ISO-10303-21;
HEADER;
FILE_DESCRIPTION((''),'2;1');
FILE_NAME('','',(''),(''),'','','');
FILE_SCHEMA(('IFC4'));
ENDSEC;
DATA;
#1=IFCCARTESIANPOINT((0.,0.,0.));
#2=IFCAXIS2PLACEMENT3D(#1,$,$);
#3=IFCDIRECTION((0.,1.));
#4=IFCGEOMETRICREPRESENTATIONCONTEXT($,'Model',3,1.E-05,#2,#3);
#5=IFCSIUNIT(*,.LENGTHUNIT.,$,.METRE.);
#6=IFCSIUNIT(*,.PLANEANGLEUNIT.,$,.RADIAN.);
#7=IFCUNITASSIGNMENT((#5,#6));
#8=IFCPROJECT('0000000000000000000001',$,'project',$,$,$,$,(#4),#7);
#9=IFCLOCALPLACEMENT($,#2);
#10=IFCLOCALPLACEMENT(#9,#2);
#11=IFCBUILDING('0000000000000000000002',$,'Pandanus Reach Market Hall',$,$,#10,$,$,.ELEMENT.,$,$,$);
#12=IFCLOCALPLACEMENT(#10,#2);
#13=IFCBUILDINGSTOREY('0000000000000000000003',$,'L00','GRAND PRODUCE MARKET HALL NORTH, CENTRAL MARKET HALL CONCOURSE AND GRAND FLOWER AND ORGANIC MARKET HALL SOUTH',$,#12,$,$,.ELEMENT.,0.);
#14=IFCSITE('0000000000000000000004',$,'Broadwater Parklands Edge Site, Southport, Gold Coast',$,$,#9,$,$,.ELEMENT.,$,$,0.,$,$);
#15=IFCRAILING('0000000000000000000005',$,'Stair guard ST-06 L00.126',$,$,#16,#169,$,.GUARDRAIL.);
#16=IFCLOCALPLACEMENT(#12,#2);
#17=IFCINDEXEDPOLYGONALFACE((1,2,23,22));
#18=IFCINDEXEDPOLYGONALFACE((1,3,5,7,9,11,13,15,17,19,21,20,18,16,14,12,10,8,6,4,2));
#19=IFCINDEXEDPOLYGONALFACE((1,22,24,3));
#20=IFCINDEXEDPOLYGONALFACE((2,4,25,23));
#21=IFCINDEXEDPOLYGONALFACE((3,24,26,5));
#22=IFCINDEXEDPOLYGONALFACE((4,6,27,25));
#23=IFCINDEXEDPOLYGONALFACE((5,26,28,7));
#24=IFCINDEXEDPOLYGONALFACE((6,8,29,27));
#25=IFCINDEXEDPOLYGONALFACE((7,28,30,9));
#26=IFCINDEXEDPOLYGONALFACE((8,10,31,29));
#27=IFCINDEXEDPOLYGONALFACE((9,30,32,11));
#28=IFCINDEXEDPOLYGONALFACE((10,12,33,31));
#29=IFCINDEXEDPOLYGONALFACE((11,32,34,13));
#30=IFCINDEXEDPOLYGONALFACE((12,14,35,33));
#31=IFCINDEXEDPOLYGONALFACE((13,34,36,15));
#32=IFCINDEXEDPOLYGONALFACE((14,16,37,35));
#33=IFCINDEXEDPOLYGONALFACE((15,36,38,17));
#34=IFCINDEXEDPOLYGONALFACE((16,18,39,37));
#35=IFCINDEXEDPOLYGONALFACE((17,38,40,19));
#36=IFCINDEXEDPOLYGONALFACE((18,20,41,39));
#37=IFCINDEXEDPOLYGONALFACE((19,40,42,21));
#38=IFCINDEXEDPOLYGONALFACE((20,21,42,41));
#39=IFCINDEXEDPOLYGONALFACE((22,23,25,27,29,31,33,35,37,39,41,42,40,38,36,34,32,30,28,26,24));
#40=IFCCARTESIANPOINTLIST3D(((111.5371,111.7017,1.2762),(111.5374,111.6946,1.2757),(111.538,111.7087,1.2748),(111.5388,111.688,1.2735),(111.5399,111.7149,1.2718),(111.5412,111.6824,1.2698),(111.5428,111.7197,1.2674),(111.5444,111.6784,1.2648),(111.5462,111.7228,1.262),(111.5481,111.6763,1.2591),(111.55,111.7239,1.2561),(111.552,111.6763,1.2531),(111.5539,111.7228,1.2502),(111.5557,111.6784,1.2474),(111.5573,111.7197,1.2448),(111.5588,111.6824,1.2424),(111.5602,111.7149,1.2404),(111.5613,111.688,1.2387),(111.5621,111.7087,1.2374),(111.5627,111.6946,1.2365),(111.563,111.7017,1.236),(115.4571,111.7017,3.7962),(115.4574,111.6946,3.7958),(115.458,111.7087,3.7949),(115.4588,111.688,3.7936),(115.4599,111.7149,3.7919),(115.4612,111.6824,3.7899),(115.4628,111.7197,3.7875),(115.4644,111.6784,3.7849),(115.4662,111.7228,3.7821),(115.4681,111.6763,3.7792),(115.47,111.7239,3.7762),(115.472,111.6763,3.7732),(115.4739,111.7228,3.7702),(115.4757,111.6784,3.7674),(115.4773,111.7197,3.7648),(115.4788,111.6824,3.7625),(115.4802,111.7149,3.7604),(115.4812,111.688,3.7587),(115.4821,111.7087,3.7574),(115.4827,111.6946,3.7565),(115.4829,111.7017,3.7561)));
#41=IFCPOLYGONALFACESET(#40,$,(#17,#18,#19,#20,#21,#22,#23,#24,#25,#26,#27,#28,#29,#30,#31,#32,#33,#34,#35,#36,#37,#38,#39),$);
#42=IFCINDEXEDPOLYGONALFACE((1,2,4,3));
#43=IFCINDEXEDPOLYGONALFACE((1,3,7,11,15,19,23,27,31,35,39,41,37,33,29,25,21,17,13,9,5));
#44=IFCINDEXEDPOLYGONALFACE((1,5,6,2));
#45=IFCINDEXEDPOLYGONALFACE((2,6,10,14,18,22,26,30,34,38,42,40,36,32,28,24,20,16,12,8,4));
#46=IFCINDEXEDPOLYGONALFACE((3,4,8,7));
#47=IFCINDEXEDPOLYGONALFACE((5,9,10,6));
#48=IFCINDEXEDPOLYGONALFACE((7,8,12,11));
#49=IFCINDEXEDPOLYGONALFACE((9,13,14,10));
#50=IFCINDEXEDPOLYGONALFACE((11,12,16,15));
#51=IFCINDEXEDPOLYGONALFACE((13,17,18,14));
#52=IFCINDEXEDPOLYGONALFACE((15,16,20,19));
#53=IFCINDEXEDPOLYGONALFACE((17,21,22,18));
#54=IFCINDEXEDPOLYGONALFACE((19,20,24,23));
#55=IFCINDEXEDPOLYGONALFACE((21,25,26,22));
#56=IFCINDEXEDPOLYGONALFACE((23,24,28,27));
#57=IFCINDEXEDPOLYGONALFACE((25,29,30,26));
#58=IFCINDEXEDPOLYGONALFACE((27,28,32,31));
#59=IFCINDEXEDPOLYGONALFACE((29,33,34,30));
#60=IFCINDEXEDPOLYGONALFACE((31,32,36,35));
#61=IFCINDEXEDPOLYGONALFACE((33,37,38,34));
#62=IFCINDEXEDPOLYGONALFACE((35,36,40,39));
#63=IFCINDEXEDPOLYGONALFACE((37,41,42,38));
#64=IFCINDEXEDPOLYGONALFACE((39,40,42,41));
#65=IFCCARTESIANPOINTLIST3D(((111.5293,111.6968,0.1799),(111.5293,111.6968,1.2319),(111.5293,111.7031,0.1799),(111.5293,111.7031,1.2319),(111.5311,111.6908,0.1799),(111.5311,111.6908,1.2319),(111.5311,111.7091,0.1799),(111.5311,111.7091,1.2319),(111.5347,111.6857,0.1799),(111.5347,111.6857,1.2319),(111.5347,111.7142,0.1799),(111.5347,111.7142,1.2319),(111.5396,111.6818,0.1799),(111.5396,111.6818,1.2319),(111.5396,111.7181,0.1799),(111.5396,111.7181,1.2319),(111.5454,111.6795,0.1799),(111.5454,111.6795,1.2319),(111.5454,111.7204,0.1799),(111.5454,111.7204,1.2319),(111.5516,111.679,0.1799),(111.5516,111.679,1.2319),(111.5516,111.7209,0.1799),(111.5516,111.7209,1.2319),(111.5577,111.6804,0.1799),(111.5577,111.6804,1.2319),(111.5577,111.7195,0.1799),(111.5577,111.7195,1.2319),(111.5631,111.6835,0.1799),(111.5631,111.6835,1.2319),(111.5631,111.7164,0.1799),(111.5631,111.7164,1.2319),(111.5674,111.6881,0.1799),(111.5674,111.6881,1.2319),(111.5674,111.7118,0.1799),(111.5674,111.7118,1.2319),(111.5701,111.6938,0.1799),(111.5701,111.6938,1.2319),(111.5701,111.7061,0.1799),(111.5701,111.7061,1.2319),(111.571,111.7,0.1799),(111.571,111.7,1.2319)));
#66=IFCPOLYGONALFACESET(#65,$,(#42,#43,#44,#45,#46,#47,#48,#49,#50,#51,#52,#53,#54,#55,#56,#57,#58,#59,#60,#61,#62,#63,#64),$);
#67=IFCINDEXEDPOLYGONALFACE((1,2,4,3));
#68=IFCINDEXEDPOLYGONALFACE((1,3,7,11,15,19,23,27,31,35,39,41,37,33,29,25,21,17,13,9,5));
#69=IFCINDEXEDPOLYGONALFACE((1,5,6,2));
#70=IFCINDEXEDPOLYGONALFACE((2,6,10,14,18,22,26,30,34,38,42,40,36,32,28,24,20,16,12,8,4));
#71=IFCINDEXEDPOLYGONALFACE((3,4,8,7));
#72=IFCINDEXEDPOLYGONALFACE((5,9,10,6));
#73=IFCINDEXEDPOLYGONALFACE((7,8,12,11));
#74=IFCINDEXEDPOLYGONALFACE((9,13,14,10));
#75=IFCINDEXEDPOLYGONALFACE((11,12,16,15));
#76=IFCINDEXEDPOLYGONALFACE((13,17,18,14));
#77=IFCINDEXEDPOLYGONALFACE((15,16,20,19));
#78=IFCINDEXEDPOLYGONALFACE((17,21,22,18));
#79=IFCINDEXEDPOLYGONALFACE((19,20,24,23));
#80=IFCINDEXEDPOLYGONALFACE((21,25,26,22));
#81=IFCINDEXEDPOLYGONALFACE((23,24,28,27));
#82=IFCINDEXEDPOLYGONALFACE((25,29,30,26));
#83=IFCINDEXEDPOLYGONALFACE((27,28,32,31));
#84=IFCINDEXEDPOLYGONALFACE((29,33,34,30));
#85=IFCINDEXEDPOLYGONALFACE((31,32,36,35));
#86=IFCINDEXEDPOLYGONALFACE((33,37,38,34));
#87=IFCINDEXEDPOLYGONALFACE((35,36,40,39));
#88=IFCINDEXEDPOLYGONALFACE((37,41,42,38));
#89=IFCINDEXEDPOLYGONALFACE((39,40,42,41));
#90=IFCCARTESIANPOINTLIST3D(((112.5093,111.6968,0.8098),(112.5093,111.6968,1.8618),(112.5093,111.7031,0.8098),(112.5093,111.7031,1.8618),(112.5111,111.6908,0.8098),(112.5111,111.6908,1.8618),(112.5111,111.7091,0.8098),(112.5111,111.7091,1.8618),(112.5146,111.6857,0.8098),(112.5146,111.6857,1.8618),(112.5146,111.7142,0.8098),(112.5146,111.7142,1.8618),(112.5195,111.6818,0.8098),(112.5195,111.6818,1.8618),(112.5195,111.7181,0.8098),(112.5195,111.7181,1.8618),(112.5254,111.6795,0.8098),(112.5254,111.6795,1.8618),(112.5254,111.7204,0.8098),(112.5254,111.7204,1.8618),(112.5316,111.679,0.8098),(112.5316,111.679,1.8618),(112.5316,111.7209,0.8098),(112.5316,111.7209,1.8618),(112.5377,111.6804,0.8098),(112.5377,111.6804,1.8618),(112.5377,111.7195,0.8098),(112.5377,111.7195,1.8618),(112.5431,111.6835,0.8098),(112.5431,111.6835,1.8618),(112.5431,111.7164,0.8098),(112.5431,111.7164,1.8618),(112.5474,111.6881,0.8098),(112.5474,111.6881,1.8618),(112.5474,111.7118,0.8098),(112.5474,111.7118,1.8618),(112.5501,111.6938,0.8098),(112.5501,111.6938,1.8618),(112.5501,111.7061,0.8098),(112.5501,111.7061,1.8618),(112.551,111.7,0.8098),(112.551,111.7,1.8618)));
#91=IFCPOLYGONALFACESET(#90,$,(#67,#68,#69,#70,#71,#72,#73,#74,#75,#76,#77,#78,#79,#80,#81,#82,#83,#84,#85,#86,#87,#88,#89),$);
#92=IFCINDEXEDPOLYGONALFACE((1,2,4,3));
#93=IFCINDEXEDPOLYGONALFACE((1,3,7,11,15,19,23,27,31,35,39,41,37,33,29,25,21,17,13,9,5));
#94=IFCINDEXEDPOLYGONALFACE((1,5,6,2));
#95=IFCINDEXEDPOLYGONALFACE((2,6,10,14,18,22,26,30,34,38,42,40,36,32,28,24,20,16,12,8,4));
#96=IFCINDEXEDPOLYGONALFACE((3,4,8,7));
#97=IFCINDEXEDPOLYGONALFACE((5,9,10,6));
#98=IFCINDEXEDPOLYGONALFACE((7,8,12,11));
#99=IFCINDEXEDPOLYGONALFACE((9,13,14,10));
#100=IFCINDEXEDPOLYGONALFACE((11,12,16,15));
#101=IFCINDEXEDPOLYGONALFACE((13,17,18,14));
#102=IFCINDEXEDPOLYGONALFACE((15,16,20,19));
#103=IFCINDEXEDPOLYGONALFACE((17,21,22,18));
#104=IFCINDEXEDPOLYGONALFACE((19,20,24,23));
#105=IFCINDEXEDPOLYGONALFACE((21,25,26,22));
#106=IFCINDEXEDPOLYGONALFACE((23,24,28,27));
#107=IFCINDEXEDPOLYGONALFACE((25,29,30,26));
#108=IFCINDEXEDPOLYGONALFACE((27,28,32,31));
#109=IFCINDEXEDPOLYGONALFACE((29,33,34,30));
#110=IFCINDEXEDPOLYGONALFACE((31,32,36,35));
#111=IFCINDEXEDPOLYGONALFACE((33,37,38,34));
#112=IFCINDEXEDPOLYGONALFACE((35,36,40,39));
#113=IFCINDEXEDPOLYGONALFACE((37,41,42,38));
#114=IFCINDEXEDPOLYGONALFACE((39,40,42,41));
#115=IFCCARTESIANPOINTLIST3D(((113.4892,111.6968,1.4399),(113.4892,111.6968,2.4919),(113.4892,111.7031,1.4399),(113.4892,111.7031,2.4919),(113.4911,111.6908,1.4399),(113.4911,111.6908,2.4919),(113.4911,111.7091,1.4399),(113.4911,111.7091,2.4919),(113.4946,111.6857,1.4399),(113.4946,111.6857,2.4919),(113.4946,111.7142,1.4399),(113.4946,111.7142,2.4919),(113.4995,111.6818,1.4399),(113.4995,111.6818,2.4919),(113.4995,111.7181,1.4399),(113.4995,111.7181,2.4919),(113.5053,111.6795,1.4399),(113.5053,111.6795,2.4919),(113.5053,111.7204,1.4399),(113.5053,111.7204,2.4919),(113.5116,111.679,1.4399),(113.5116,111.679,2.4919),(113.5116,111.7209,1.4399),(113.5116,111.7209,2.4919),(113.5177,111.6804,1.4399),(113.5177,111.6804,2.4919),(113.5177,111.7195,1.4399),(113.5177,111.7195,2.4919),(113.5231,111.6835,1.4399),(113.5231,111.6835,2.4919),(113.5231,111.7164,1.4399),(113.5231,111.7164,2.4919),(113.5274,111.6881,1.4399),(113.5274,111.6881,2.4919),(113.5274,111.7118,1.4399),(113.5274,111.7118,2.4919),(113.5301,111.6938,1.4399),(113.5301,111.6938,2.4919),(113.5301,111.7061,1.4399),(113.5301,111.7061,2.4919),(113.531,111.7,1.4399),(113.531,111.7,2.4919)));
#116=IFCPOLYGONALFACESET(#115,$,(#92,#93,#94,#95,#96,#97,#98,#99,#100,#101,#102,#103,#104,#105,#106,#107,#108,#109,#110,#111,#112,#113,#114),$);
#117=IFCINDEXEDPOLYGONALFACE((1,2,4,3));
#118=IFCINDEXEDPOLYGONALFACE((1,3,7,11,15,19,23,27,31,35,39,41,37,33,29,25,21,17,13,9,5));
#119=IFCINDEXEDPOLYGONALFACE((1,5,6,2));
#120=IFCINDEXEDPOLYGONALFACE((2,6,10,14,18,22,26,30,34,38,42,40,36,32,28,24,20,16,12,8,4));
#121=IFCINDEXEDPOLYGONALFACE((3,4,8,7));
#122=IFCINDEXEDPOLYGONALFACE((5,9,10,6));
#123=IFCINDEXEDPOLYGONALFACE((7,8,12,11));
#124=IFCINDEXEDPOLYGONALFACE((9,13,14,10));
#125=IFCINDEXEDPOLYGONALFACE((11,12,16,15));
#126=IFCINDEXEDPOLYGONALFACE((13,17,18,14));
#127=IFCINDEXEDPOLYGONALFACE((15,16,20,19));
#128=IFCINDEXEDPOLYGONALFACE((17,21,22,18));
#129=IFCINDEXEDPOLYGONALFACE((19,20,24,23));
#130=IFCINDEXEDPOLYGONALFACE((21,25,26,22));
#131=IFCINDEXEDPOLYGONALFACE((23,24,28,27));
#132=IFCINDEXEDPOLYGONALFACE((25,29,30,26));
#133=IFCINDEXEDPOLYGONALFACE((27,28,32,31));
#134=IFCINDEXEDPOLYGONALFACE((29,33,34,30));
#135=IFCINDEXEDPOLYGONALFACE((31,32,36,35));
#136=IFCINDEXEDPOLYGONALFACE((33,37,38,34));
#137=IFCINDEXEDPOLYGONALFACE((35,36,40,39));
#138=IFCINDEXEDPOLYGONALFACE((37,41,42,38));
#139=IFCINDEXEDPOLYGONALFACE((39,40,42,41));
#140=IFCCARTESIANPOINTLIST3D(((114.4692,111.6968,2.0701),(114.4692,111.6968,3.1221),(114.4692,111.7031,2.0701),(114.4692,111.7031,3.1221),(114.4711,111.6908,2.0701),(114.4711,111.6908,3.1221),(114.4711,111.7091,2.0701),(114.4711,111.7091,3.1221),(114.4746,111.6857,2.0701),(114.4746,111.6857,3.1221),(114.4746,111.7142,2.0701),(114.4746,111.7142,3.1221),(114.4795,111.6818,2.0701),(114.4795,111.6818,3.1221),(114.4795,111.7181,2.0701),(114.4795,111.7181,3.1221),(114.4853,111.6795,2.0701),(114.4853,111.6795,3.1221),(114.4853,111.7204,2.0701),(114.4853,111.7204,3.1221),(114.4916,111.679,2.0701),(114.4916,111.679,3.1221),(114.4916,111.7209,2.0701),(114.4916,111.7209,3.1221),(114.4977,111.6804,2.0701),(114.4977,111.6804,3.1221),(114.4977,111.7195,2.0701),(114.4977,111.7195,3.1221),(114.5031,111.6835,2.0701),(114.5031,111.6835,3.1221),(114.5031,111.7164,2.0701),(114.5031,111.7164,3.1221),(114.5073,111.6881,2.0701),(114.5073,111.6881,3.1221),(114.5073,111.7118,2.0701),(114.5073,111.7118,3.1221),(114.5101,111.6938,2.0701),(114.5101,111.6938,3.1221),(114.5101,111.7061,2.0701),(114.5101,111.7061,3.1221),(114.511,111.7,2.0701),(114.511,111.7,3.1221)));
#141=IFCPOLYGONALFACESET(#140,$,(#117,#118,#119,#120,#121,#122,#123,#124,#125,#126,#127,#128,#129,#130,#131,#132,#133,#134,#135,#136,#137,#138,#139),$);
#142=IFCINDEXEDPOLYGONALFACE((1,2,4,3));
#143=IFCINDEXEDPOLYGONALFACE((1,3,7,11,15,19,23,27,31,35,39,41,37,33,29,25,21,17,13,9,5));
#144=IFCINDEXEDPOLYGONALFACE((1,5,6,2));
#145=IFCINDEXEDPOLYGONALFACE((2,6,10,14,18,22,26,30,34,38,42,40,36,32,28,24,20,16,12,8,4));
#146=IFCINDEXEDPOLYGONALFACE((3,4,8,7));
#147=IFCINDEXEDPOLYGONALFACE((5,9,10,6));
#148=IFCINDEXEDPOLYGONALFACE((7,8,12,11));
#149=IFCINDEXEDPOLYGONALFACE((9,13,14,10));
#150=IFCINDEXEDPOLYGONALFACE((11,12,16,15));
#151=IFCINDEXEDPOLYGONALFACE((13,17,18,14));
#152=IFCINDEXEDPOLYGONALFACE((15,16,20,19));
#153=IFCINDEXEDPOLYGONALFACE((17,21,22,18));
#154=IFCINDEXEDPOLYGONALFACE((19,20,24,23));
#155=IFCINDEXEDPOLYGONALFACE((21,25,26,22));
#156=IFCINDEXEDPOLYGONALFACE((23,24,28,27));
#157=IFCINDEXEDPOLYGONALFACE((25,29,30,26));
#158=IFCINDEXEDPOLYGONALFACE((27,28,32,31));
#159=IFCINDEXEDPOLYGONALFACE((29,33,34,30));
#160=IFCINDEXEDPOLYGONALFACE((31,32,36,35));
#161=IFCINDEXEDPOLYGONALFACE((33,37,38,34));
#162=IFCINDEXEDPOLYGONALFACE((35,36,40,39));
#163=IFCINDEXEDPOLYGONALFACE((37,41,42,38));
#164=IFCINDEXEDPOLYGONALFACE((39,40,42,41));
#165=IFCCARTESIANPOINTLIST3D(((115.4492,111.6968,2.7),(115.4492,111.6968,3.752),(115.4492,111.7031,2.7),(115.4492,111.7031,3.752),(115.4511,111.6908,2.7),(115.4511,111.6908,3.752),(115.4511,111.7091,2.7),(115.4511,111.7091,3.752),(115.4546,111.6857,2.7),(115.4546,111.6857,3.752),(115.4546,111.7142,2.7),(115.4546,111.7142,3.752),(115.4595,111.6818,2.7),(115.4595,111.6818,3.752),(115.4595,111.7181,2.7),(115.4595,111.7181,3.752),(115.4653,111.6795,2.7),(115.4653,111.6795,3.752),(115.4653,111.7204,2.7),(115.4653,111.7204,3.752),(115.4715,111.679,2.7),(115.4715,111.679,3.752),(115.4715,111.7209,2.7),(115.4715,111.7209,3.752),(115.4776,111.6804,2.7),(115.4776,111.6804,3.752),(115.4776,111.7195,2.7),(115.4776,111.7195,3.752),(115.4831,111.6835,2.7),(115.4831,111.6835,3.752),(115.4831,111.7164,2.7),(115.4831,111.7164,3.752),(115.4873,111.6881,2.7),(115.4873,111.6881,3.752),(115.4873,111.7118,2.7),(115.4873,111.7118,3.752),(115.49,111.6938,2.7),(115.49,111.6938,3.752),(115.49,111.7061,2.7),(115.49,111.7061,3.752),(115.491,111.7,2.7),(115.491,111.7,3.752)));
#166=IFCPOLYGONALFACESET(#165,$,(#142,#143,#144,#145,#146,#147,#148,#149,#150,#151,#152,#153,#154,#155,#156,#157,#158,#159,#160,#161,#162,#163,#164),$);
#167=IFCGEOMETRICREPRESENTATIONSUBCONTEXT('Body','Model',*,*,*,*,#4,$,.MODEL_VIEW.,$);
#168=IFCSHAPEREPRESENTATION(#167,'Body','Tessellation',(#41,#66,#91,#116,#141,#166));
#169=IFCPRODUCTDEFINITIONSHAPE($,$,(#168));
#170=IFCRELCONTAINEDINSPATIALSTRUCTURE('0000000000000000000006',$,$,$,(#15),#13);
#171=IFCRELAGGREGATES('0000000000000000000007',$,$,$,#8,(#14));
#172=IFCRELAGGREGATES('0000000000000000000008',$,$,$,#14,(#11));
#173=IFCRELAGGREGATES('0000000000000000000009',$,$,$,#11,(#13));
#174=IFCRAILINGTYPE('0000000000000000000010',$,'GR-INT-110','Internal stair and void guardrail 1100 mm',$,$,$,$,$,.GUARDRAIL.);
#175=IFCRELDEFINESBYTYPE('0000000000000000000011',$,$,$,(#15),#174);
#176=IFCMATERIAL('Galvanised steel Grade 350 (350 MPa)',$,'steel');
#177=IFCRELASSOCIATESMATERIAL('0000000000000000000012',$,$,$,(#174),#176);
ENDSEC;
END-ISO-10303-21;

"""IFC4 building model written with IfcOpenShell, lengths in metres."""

from ifc_helpers import new_model, si_unit, direction, frame, origin, origin_2d, place, context, subcontext, project, spatial, circle, extrude, material, type_object, element, save


model = new_model("IFC4")

# Units and contexts
model_context = context("Model", 3, precision=1e-05, world=origin(), true_north=direction((0.0, 1.0)))
body_context = subcontext(model_context, "Body", "Model", "MODEL_VIEW")
ifc_project = project(units=[si_unit("LENGTHUNIT", "METRE"), si_unit("PLANEANGLEUNIT", "RADIAN")], contexts=[model_context])

# Site, building, storey
site_placement = place(None, origin())
site = spatial("IfcSite", under=ifc_project, at=site_placement, Name="Broadwater Parklands Edge Site, Southport, Gold Coast", CompositionType="ELEMENT", RefElevation=0.0)
building_placement = place(site_placement, origin())
building = spatial("IfcBuilding", under=site, at=building_placement, Name="Pandanus Reach Market Hall", CompositionType="ELEMENT")
storey_placement = place(building_placement, origin())
storey = spatial("IfcBuildingStorey", under=building, at=storey_placement, Name="L00", Description="GRAND PRODUCE MARKET HALL NORTH, CENTRAL MARKET HALL CONCOURSE AND GRAND FLOWER AND ORGANIC MARKET HALL SOUTH", CompositionType="ELEMENT", Elevation=0.0)

# Railing
ifc_material_1 = material(Name="Galvanised steel Grade 350 (350 MPa)", Category="steel")
railing_type_1 = type_object("IfcRailingType", Name="GR-INT-110", Description="Internal stair and void guardrail 1100 mm", PredefinedType="GUARDRAIL", material=ifc_material_1)
railing_1_placement = place(storey_placement, frame((111.55, 111.7, 0.1799)))
element("IfcRailing", 1, at=railing_1_placement, inside=storey, type_object=railing_type_1, Name="Stair guard ST-06 L00.126", PredefinedType="GUARDRAIL", context=body_context, shape_type="SweptSolid", body=[
    extrude(circle(Radius=0.0239, at=origin_2d()), frame((0.0, 0.0, 1.0762), z_axis=(0.841172, 0.0, 0.540768), x_axis=(0.0, 1.0, 0.0)), (0.0, 0.0, 1.0), 4.6602),
    extrude(circle(Radius=0.021, at=origin_2d()), origin(), (0.0, 0.0, 1.0), 1.052),
    extrude(circle(Radius=0.021, at=origin_2d()), frame((0.98, 0.0, 0.6299)), (0.0, 0.0, 1.0), 1.052),
    extrude(circle(Radius=0.021, at=origin_2d()), frame((1.96, 0.0, 1.26)), (0.0, 0.0, 1.0), 1.052),
    extrude(circle(Radius=0.021, at=origin_2d()), frame((2.9399, 0.0, 1.8901)), (0.0, 0.0, 1.0), 1.052),
    extrude(circle(Radius=0.021, at=origin_2d()), frame((3.9199, 0.0, 2.52)), (0.0, 0.0, 1.0), 1.052),
])

save(model, "model.ifc")
